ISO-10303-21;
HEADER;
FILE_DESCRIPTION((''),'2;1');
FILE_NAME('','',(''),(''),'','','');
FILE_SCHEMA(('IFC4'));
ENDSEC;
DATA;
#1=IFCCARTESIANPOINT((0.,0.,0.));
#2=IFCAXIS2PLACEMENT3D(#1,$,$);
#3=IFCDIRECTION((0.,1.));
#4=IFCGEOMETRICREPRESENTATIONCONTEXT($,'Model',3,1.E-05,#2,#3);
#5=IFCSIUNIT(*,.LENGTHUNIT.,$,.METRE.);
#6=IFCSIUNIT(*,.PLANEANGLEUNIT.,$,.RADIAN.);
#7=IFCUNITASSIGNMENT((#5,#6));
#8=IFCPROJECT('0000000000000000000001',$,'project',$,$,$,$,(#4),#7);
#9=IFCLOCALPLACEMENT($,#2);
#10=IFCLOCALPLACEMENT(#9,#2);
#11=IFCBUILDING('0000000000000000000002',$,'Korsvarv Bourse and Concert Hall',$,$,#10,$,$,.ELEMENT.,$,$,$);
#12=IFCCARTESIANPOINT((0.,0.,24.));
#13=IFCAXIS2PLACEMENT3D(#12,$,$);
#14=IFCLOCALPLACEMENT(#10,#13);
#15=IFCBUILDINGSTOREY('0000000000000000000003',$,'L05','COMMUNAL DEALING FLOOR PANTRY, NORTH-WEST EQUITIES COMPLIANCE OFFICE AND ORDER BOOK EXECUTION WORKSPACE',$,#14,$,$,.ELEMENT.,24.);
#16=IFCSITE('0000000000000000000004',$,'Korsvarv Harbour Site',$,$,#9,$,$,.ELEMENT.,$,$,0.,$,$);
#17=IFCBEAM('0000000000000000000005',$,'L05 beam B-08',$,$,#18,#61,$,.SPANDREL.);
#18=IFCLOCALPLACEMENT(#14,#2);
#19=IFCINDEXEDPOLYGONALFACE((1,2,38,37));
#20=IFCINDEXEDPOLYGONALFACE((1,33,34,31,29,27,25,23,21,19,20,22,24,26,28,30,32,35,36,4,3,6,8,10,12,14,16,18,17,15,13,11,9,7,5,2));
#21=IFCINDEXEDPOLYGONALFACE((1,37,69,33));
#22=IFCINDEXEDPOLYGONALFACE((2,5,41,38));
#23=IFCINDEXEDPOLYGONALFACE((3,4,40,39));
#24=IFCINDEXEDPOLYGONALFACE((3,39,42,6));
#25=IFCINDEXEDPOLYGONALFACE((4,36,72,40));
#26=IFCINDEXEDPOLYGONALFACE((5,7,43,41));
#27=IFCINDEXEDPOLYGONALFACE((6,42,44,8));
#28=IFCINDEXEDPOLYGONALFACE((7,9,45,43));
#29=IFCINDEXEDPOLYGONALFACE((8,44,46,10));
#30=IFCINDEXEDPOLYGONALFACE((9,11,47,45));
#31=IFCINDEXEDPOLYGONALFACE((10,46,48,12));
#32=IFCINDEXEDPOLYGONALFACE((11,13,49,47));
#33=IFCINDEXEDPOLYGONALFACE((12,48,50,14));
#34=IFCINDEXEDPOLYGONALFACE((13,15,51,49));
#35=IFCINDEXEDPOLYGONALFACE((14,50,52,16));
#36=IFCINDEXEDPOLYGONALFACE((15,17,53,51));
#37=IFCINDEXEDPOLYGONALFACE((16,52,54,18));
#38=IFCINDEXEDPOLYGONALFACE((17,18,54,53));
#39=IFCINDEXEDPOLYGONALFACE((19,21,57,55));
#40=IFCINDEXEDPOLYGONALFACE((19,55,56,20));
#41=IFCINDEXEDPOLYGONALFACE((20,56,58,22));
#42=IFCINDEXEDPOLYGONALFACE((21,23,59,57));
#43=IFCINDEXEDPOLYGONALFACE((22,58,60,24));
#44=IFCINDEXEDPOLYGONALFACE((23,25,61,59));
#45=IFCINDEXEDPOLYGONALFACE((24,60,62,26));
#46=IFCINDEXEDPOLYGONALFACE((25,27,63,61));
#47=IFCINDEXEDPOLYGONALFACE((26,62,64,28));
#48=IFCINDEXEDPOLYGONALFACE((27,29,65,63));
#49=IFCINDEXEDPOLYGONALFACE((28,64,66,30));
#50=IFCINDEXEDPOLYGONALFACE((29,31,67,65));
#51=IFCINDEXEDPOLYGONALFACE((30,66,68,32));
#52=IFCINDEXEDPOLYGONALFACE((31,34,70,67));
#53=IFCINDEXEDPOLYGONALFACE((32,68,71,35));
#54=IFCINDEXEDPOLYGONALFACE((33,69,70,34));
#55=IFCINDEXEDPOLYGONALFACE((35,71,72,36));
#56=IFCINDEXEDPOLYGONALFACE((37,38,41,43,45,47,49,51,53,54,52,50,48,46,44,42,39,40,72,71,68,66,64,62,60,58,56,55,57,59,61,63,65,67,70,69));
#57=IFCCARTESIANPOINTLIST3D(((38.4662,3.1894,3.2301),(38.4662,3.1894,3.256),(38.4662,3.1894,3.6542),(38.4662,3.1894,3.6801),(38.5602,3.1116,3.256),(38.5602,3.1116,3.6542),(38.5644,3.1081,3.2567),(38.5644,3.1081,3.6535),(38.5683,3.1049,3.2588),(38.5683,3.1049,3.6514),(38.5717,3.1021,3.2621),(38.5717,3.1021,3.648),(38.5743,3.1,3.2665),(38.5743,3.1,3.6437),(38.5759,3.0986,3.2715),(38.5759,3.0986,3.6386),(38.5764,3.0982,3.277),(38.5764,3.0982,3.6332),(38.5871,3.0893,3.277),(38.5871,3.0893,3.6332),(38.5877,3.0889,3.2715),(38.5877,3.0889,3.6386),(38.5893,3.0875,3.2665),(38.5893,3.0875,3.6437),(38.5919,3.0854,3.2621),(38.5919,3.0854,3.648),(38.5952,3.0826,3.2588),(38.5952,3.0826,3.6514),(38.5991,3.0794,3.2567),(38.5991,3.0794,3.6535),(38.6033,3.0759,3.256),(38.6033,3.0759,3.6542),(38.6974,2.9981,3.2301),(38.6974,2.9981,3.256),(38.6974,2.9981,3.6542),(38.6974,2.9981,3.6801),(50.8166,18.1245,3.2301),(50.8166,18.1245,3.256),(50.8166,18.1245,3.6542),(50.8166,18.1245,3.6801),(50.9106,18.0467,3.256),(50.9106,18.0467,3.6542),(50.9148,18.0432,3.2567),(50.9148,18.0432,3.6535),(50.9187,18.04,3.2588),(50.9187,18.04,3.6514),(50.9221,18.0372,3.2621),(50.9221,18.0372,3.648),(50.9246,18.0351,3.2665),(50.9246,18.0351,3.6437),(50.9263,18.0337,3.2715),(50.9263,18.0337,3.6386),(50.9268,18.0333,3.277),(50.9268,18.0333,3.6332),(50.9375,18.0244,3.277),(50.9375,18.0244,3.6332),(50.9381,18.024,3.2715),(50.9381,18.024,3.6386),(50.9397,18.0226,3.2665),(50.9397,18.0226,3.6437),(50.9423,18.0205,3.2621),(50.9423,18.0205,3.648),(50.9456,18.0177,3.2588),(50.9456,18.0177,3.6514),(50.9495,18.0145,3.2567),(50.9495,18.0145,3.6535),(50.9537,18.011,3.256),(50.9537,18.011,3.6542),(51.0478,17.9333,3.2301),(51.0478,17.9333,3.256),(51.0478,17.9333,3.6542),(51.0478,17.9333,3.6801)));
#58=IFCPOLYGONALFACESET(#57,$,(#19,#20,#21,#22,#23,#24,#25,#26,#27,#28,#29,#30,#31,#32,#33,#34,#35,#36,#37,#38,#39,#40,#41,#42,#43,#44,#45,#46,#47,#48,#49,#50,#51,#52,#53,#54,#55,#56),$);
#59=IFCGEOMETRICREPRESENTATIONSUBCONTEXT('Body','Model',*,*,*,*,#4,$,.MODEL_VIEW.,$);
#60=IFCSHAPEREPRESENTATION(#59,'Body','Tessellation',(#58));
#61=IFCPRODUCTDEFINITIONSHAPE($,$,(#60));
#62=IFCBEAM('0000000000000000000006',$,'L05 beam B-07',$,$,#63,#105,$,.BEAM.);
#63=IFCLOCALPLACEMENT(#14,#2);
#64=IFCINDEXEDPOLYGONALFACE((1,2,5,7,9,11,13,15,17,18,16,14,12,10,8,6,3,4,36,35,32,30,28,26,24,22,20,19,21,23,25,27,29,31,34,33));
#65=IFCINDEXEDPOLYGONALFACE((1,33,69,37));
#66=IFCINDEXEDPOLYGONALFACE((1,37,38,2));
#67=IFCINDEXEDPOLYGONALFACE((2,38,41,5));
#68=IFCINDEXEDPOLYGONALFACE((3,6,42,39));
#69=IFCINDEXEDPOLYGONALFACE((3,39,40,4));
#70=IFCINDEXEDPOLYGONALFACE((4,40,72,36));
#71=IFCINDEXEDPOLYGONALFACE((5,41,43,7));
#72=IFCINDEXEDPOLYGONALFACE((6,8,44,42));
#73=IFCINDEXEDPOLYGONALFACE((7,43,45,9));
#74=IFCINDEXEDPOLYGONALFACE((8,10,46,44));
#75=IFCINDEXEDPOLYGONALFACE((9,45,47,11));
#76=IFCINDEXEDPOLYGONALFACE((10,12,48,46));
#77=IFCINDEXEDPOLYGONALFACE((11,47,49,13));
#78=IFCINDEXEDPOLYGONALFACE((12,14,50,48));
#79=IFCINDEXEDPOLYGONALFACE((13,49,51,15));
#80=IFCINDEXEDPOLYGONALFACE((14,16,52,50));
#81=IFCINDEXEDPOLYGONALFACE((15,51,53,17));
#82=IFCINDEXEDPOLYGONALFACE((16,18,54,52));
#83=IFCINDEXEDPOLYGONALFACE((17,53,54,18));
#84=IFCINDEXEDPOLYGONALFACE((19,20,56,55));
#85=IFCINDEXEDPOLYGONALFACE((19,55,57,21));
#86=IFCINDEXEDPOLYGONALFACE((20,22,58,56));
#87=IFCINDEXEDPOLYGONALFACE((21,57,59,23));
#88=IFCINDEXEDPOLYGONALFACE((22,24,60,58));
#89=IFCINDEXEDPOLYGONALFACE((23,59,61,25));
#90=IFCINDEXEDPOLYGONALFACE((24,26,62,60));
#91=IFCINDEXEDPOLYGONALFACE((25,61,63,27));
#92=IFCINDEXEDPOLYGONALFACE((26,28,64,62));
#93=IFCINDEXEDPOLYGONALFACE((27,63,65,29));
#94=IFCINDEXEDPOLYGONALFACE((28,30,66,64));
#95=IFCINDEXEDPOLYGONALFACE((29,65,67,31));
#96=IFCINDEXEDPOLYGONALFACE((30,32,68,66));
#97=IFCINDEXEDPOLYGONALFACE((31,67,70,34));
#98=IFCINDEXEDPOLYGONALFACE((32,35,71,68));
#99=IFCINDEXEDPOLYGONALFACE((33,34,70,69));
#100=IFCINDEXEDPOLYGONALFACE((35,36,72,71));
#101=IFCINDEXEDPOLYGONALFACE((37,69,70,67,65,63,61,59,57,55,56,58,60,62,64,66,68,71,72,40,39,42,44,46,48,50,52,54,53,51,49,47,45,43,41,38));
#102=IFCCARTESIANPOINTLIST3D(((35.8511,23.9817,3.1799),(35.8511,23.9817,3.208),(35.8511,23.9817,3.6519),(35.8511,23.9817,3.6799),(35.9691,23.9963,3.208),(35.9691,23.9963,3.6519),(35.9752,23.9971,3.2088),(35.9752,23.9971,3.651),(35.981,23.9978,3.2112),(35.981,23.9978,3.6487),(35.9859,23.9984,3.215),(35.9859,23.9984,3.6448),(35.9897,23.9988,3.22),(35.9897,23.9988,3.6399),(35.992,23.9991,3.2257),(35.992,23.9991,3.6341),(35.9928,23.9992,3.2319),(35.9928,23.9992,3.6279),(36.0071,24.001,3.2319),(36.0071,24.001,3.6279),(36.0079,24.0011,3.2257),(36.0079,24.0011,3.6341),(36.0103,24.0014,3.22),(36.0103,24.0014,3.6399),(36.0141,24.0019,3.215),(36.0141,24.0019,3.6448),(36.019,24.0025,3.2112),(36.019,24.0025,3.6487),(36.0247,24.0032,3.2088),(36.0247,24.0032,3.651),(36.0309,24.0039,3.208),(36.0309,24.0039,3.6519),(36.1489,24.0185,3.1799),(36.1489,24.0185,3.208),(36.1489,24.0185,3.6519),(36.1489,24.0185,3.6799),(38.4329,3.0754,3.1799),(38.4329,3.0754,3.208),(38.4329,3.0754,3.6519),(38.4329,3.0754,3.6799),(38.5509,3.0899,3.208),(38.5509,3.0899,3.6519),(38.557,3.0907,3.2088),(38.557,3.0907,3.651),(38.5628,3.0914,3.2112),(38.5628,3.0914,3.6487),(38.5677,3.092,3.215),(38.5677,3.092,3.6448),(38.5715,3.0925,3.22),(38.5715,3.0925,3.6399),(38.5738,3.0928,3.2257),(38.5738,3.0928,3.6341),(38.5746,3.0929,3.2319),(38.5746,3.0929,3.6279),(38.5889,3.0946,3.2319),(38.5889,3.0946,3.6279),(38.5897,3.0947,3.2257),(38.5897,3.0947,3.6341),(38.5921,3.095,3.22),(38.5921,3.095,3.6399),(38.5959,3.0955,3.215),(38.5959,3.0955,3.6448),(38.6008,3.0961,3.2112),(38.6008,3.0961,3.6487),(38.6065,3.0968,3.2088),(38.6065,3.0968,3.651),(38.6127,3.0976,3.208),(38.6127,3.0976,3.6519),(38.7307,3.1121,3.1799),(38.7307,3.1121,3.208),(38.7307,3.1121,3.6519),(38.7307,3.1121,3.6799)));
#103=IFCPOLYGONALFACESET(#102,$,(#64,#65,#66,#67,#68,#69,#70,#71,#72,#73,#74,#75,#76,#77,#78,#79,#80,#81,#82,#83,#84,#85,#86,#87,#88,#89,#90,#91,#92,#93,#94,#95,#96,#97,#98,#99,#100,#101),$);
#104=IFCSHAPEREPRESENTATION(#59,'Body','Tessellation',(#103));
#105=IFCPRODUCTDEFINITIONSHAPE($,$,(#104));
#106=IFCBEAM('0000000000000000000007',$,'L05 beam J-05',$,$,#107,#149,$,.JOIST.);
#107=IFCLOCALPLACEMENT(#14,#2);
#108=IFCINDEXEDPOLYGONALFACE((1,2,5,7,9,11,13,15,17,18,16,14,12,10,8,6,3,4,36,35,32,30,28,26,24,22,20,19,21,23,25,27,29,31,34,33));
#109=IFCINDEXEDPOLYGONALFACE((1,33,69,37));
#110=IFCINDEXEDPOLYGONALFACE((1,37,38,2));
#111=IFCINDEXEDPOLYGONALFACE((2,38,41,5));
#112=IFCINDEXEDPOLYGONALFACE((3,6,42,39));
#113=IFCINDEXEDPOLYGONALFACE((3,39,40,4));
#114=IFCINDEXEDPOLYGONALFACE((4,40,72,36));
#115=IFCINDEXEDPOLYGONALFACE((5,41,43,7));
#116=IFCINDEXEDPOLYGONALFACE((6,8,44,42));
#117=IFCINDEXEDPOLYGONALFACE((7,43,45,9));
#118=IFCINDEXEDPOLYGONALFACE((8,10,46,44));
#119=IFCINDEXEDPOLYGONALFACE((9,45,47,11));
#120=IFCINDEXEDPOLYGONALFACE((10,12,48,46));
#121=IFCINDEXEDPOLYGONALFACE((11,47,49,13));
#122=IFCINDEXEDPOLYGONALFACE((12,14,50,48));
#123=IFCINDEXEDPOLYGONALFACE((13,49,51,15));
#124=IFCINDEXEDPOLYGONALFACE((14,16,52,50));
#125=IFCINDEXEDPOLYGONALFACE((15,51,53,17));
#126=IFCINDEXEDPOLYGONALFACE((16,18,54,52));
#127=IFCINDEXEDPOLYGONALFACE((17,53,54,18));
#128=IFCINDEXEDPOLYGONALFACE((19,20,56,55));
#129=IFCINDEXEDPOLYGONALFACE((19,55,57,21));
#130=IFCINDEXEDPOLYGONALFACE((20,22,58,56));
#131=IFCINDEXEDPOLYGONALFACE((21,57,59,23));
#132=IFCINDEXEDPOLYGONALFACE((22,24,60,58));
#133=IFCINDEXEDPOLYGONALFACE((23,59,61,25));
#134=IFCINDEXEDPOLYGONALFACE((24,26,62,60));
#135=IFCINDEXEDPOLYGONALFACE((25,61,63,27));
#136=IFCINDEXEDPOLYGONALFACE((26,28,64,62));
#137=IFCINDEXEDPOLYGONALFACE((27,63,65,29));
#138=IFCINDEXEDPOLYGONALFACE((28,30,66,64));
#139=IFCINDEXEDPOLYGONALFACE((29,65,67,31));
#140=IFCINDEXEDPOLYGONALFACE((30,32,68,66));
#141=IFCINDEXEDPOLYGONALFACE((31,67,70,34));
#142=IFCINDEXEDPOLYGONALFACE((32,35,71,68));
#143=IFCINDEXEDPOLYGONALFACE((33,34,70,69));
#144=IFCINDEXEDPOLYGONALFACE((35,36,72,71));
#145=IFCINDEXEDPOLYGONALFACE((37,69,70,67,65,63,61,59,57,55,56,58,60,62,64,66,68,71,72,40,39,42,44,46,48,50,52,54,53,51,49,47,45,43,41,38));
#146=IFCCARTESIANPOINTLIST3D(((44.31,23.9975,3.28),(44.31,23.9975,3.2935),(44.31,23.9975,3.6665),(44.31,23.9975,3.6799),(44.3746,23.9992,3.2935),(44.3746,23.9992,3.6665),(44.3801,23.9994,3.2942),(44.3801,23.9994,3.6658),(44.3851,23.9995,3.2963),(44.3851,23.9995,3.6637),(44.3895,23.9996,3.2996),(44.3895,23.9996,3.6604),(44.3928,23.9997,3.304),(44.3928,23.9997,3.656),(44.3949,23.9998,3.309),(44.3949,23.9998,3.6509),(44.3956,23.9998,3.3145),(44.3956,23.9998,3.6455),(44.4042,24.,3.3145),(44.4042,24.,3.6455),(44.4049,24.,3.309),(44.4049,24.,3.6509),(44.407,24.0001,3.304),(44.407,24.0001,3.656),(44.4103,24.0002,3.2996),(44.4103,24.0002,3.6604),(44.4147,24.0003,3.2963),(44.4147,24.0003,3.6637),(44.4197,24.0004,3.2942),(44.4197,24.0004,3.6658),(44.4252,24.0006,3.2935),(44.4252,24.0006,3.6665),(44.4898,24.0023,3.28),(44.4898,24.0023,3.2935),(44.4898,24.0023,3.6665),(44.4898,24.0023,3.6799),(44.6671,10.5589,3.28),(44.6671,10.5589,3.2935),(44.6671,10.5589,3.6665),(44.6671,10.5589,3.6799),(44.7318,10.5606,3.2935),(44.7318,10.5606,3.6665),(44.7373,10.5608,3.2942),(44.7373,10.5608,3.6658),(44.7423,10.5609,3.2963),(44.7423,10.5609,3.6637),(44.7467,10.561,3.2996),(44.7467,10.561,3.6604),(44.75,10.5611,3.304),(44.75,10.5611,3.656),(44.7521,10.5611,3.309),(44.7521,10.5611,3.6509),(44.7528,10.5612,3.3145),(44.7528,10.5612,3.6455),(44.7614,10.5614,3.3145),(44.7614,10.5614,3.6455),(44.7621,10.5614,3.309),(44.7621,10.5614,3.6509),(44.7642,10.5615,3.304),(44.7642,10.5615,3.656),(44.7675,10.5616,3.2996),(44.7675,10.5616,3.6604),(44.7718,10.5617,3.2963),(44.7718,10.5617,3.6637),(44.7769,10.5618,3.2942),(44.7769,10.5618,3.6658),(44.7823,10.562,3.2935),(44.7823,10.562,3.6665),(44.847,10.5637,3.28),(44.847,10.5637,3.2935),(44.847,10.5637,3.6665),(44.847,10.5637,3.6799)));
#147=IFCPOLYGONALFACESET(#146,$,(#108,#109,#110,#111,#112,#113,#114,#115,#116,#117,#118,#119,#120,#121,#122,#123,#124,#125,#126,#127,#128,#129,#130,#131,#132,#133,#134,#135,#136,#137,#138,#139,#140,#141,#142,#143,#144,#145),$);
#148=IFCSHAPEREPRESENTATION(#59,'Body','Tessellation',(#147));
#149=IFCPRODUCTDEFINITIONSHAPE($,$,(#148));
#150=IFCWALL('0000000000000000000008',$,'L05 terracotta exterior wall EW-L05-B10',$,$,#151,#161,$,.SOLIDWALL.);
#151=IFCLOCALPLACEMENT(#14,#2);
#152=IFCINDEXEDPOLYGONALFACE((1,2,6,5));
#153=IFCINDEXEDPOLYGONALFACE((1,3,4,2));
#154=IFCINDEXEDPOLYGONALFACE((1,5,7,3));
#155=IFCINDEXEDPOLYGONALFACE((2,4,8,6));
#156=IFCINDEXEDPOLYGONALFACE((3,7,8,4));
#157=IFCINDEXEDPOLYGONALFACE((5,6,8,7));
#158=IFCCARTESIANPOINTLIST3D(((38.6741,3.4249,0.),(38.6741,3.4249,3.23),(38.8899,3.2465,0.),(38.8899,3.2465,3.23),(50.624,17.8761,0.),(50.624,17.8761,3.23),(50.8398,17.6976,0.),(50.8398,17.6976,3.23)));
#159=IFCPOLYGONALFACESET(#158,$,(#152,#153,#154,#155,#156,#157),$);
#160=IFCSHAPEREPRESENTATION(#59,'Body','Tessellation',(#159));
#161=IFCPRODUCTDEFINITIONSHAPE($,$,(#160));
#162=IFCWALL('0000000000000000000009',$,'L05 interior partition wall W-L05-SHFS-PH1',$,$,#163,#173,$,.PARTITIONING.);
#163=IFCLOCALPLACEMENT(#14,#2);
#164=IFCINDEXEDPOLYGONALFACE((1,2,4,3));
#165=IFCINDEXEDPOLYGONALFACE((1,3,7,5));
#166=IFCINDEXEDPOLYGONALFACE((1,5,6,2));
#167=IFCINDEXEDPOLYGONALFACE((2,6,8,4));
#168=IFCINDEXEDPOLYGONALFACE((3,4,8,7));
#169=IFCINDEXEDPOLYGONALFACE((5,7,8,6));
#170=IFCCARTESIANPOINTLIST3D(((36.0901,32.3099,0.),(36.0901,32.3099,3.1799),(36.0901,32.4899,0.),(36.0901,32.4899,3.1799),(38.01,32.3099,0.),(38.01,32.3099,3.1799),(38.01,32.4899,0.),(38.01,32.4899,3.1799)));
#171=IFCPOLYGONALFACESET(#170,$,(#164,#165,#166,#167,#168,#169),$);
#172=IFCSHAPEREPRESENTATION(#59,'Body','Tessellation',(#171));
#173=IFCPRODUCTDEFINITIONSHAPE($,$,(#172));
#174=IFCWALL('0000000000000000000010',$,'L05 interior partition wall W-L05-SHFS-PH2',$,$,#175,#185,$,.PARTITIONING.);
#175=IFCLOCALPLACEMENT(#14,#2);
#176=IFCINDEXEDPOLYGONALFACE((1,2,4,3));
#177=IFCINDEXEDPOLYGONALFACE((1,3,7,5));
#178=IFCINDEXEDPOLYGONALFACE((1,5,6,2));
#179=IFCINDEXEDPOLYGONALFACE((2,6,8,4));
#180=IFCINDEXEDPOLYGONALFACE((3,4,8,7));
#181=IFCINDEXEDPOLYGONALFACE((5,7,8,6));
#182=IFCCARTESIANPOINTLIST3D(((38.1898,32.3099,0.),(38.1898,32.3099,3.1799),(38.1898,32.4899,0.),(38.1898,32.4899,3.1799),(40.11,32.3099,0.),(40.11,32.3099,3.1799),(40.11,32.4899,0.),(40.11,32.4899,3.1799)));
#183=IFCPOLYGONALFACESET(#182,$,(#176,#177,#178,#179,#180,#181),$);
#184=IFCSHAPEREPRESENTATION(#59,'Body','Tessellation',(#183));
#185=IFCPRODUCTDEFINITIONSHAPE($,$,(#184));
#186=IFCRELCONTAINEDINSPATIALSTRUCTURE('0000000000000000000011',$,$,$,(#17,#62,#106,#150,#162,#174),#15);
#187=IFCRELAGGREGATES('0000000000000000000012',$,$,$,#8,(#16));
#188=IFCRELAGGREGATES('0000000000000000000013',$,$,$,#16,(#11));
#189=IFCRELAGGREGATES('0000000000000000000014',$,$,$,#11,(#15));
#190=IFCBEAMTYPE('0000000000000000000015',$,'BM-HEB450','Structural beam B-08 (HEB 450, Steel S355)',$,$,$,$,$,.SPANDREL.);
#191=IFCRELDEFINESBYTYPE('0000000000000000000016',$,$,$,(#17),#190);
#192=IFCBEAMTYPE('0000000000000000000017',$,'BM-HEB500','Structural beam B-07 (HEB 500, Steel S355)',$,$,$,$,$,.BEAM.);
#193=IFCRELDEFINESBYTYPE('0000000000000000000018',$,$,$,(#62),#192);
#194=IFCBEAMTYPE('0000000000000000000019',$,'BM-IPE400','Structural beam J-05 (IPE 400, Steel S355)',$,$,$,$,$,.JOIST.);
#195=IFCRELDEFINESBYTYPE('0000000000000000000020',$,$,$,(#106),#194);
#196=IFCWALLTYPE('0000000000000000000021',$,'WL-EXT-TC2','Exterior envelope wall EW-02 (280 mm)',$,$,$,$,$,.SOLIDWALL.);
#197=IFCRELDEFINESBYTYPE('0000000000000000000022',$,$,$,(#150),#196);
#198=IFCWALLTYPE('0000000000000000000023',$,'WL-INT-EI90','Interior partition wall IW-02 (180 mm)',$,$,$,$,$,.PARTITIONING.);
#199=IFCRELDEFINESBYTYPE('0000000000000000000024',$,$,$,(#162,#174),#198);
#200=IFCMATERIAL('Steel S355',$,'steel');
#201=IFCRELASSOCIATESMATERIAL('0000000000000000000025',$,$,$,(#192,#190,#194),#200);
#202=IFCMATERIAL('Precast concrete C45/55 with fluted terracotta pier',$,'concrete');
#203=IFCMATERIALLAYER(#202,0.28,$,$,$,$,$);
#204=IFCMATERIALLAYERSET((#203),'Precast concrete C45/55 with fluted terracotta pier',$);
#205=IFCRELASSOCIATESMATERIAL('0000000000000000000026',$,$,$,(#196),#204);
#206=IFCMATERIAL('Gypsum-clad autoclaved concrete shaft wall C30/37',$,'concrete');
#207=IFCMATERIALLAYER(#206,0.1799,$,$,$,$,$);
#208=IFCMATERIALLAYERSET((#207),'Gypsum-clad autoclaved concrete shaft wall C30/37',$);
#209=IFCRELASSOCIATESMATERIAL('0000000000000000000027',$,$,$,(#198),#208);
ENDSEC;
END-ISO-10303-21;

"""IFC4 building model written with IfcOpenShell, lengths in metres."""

from ifc_helpers import new_model, si_unit, direction, frame, frame_2d, origin, origin_2d, place, context, subcontext, project, spatial, rectangle, i_section, extrude, source, transform, mapped, material, layer, layer_set, material_profile, profile_set, type_object, element, save


model = new_model("IFC4")

# Units and contexts
model_context = context("Model", 3, precision=1e-05, world=origin(), true_north=direction((0.0, 1.0)))
body_context = subcontext(model_context, "Body", "Model", "MODEL_VIEW")
ifc_project = project(units=[si_unit("LENGTHUNIT", "METRE"), si_unit("PLANEANGLEUNIT", "RADIAN")], contexts=[model_context])

# Site, building, storey
site_placement = place(None, origin())
site = spatial("IfcSite", under=ifc_project, at=site_placement, Name="Korsvarv Harbour Site", CompositionType="ELEMENT", RefElevation=0.0)
building_placement = place(site_placement, origin())
building = spatial("IfcBuilding", under=site, at=building_placement, Name="Korsvarv Bourse and Concert Hall", CompositionType="ELEMENT")
storey_placement = place(building_placement, frame((0.0, 0.0, 24.0)))
storey = spatial("IfcBuildingStorey", under=building, at=storey_placement, Name="L05", Description="COMMUNAL DEALING FLOOR PANTRY, NORTH-WEST EQUITIES COMPLIANCE OFFICE AND ORDER BOOK EXECUTION WORKSPACE", CompositionType="ELEMENT", Elevation=24.0)

# Beams
ifc_material_1 = material(Name="Steel S355", Category="steel")
ifc_material_profile_1 = material_profile(ifc_material_1, i_section(OverallWidth=0.3, OverallDepth=0.5, WebThickness=0.0144, FlangeThickness=0.0281, FilletRadius=0.0239, at=origin_2d()), Name="HEB 500")
ifc_profile_set_1 = profile_set([ifc_material_profile_1], Name="Steel S355")
beam_type_1 = type_object("IfcBeamType", Name="BM-HEB500", Description="Structural beam B-07 (HEB 500, Steel S355)", PredefinedType="BEAM", material=ifc_profile_set_1)
ifc_material_profile_2 = material_profile(ifc_material_1, i_section(OverallWidth=0.3, OverallDepth=0.45, WebThickness=0.0139, FlangeThickness=0.0259, FilletRadius=0.021, at=origin_2d()), Name="HEB 450")
ifc_profile_set_2 = profile_set([ifc_material_profile_2], Name="Steel S355")
beam_type_2 = type_object("IfcBeamType", Name="BM-HEB450", Description="Structural beam B-08 (HEB 450, Steel S355)", PredefinedType="SPANDREL", material=ifc_profile_set_2)
shared_shape_1 = source(origin(), body_context, "Body", "SweptSolid", [
    extrude(i_section(OverallWidth=0.3, OverallDepth=0.45, WebThickness=0.0139, FlangeThickness=0.0259, FilletRadius=0.021, at=origin_2d()), origin(), (0.0, 0.0, 1.0), 19.3801),
])
beam_1_placement = place(storey_placement, frame((38.5818, 3.0938, 3.4551), z_axis=(0.63727, 0.77064, 0.0), x_axis=(-0.77064, 0.63727, 0.0)))
element("IfcBeam", 1, at=beam_1_placement, inside=storey, type_object=beam_type_2, Name="L05 beam B-08", PredefinedType="SPANDREL", context=body_context, shape_type="MappedRepresentation", body=[
    mapped(shared_shape_1, transform((0.0, 0.0, 0.0), scale=1.0)),
])
shared_shape_2 = source(origin(), body_context, "Body", "SweptSolid", [
    extrude(i_section(OverallWidth=0.3, OverallDepth=0.5, WebThickness=0.0144, FlangeThickness=0.0281, FilletRadius=0.0239, at=origin_2d()), origin(), (0.0, 0.0, 1.0), 21.0652),
])
beam_2_placement = place(storey_placement, frame((38.5818, 3.0938, 3.4299), z_axis=(-0.122563, 0.992461, 0.0), x_axis=(-0.992461, -0.122563, 0.0)))
element("IfcBeam", 2, at=beam_2_placement, inside=storey, type_object=beam_type_1, Name="L05 beam B-07", PredefinedType="BEAM", context=body_context, shape_type="MappedRepresentation", body=[
    mapped(shared_shape_2, transform((0.0, 0.0, 0.0), scale=1.0)),
])
ifc_material_profile_3 = material_profile(ifc_material_1, i_section(OverallWidth=0.1799, OverallDepth=0.3999, WebThickness=0.0085, FlangeThickness=0.0134, FilletRadius=0.021, at=origin_2d()), Name="IPE 400")
ifc_profile_set_3 = profile_set([ifc_material_profile_3], Name="Steel S355")
beam_type_3 = type_object("IfcBeamType", Name="BM-IPE400", Description="Structural beam J-05 (IPE 400, Steel S355)", PredefinedType="JOIST", material=ifc_profile_set_3)
shared_shape_3 = source(origin(), body_context, "Body", "SweptSolid", [
    extrude(i_section(OverallWidth=0.1799, OverallDepth=0.3999, WebThickness=0.0085, FlangeThickness=0.0134, FilletRadius=0.021, at=origin_2d()), origin(), (0.0, 0.0, 1.0), 13.4434),
])
beam_3_placement = place(storey_placement, frame((44.7571, 10.5613, 3.48), z_axis=(-0.026569, 0.999647, 0.0), x_axis=(-0.999647, -0.026569, 0.0)))
element("IfcBeam", 3, at=beam_3_placement, inside=storey, type_object=beam_type_3, Name="L05 beam J-05", PredefinedType="JOIST", context=body_context, shape_type="MappedRepresentation", body=[
    mapped(shared_shape_3, transform((0.0, 0.0, 0.0), scale=1.0)),
])

# Walls
ifc_material_2 = material(Name="Precast concrete C45/55 with fluted terracotta pier", Category="concrete")
ifc_layer_1 = layer(ifc_material_2, 0.28)
ifc_layer_set_1 = layer_set([ifc_layer_1], Name="Precast concrete C45/55 with fluted terracotta pier")
wall_type_1 = type_object("IfcWallType", Name="WL-EXT-TC2", Description="Exterior envelope wall EW-02 (280 mm)", PredefinedType="SOLIDWALL", material=ifc_layer_set_1)
wall_1_placement = place(storey_placement, frame((38.782, 3.3357, 0.0), z_axis=(0.0, 0.0, 1.0), x_axis=(0.637263, 0.770647, 0.0)))
element("IfcWall", 4, at=wall_1_placement, inside=storey, type_object=wall_type_1, Name="L05 terracotta exterior wall EW-L05-B10", PredefinedType="SOLIDWALL", context=body_context, shape_type="SweptSolid", body=[
    extrude(rectangle(XDim=18.752, YDim=0.28, at=frame_2d((9.376, 0.0))), origin(), (0.0, 0.0, 1.0), 3.23),
])
ifc_material_3 = material(Name="Gypsum-clad autoclaved concrete shaft wall C30/37", Category="concrete")
ifc_layer_2 = layer(ifc_material_3, 0.1799)
ifc_layer_set_2 = layer_set([ifc_layer_2], Name="Gypsum-clad autoclaved concrete shaft wall C30/37")
wall_type_2 = type_object("IfcWallType", Name="WL-INT-EI90", Description="Interior partition wall IW-02 (180 mm)", PredefinedType="PARTITIONING", material=ifc_layer_set_2)
wall_2_placement = place(storey_placement, frame((36.0901, 32.3999, 0.0), z_axis=(0.0, 0.0, 1.0), x_axis=(1.0, 0.0, 0.0)))
element("IfcWall", 5, at=wall_2_placement, inside=storey, type_object=wall_type_2, Name="L05 interior partition wall W-L05-SHFS-PH1", PredefinedType="PARTITIONING", context=body_context, shape_type="SweptSolid", body=[
    extrude(rectangle(XDim=1.9199, YDim=0.1799, at=frame_2d((0.96, 0.0))), origin(), (0.0, 0.0, 1.0), 3.1799),
])
wall_3_placement = place(storey_placement, frame((38.1899, 32.3999, 0.0), z_axis=(0.0, 0.0, 1.0), x_axis=(1.0, 0.0, 0.0)))
element("IfcWall", 6, at=wall_3_placement, inside=storey, type_object=wall_type_2, Name="L05 interior partition wall W-L05-SHFS-PH2", PredefinedType="PARTITIONING", context=body_context, shape_type="SweptSolid", body=[
    extrude(rectangle(XDim=1.9202, YDim=0.1799, at=frame_2d((0.96, 0.0))), origin(), (0.0, 0.0, 1.0), 3.1799),
])

save(model, "model.ifc")
